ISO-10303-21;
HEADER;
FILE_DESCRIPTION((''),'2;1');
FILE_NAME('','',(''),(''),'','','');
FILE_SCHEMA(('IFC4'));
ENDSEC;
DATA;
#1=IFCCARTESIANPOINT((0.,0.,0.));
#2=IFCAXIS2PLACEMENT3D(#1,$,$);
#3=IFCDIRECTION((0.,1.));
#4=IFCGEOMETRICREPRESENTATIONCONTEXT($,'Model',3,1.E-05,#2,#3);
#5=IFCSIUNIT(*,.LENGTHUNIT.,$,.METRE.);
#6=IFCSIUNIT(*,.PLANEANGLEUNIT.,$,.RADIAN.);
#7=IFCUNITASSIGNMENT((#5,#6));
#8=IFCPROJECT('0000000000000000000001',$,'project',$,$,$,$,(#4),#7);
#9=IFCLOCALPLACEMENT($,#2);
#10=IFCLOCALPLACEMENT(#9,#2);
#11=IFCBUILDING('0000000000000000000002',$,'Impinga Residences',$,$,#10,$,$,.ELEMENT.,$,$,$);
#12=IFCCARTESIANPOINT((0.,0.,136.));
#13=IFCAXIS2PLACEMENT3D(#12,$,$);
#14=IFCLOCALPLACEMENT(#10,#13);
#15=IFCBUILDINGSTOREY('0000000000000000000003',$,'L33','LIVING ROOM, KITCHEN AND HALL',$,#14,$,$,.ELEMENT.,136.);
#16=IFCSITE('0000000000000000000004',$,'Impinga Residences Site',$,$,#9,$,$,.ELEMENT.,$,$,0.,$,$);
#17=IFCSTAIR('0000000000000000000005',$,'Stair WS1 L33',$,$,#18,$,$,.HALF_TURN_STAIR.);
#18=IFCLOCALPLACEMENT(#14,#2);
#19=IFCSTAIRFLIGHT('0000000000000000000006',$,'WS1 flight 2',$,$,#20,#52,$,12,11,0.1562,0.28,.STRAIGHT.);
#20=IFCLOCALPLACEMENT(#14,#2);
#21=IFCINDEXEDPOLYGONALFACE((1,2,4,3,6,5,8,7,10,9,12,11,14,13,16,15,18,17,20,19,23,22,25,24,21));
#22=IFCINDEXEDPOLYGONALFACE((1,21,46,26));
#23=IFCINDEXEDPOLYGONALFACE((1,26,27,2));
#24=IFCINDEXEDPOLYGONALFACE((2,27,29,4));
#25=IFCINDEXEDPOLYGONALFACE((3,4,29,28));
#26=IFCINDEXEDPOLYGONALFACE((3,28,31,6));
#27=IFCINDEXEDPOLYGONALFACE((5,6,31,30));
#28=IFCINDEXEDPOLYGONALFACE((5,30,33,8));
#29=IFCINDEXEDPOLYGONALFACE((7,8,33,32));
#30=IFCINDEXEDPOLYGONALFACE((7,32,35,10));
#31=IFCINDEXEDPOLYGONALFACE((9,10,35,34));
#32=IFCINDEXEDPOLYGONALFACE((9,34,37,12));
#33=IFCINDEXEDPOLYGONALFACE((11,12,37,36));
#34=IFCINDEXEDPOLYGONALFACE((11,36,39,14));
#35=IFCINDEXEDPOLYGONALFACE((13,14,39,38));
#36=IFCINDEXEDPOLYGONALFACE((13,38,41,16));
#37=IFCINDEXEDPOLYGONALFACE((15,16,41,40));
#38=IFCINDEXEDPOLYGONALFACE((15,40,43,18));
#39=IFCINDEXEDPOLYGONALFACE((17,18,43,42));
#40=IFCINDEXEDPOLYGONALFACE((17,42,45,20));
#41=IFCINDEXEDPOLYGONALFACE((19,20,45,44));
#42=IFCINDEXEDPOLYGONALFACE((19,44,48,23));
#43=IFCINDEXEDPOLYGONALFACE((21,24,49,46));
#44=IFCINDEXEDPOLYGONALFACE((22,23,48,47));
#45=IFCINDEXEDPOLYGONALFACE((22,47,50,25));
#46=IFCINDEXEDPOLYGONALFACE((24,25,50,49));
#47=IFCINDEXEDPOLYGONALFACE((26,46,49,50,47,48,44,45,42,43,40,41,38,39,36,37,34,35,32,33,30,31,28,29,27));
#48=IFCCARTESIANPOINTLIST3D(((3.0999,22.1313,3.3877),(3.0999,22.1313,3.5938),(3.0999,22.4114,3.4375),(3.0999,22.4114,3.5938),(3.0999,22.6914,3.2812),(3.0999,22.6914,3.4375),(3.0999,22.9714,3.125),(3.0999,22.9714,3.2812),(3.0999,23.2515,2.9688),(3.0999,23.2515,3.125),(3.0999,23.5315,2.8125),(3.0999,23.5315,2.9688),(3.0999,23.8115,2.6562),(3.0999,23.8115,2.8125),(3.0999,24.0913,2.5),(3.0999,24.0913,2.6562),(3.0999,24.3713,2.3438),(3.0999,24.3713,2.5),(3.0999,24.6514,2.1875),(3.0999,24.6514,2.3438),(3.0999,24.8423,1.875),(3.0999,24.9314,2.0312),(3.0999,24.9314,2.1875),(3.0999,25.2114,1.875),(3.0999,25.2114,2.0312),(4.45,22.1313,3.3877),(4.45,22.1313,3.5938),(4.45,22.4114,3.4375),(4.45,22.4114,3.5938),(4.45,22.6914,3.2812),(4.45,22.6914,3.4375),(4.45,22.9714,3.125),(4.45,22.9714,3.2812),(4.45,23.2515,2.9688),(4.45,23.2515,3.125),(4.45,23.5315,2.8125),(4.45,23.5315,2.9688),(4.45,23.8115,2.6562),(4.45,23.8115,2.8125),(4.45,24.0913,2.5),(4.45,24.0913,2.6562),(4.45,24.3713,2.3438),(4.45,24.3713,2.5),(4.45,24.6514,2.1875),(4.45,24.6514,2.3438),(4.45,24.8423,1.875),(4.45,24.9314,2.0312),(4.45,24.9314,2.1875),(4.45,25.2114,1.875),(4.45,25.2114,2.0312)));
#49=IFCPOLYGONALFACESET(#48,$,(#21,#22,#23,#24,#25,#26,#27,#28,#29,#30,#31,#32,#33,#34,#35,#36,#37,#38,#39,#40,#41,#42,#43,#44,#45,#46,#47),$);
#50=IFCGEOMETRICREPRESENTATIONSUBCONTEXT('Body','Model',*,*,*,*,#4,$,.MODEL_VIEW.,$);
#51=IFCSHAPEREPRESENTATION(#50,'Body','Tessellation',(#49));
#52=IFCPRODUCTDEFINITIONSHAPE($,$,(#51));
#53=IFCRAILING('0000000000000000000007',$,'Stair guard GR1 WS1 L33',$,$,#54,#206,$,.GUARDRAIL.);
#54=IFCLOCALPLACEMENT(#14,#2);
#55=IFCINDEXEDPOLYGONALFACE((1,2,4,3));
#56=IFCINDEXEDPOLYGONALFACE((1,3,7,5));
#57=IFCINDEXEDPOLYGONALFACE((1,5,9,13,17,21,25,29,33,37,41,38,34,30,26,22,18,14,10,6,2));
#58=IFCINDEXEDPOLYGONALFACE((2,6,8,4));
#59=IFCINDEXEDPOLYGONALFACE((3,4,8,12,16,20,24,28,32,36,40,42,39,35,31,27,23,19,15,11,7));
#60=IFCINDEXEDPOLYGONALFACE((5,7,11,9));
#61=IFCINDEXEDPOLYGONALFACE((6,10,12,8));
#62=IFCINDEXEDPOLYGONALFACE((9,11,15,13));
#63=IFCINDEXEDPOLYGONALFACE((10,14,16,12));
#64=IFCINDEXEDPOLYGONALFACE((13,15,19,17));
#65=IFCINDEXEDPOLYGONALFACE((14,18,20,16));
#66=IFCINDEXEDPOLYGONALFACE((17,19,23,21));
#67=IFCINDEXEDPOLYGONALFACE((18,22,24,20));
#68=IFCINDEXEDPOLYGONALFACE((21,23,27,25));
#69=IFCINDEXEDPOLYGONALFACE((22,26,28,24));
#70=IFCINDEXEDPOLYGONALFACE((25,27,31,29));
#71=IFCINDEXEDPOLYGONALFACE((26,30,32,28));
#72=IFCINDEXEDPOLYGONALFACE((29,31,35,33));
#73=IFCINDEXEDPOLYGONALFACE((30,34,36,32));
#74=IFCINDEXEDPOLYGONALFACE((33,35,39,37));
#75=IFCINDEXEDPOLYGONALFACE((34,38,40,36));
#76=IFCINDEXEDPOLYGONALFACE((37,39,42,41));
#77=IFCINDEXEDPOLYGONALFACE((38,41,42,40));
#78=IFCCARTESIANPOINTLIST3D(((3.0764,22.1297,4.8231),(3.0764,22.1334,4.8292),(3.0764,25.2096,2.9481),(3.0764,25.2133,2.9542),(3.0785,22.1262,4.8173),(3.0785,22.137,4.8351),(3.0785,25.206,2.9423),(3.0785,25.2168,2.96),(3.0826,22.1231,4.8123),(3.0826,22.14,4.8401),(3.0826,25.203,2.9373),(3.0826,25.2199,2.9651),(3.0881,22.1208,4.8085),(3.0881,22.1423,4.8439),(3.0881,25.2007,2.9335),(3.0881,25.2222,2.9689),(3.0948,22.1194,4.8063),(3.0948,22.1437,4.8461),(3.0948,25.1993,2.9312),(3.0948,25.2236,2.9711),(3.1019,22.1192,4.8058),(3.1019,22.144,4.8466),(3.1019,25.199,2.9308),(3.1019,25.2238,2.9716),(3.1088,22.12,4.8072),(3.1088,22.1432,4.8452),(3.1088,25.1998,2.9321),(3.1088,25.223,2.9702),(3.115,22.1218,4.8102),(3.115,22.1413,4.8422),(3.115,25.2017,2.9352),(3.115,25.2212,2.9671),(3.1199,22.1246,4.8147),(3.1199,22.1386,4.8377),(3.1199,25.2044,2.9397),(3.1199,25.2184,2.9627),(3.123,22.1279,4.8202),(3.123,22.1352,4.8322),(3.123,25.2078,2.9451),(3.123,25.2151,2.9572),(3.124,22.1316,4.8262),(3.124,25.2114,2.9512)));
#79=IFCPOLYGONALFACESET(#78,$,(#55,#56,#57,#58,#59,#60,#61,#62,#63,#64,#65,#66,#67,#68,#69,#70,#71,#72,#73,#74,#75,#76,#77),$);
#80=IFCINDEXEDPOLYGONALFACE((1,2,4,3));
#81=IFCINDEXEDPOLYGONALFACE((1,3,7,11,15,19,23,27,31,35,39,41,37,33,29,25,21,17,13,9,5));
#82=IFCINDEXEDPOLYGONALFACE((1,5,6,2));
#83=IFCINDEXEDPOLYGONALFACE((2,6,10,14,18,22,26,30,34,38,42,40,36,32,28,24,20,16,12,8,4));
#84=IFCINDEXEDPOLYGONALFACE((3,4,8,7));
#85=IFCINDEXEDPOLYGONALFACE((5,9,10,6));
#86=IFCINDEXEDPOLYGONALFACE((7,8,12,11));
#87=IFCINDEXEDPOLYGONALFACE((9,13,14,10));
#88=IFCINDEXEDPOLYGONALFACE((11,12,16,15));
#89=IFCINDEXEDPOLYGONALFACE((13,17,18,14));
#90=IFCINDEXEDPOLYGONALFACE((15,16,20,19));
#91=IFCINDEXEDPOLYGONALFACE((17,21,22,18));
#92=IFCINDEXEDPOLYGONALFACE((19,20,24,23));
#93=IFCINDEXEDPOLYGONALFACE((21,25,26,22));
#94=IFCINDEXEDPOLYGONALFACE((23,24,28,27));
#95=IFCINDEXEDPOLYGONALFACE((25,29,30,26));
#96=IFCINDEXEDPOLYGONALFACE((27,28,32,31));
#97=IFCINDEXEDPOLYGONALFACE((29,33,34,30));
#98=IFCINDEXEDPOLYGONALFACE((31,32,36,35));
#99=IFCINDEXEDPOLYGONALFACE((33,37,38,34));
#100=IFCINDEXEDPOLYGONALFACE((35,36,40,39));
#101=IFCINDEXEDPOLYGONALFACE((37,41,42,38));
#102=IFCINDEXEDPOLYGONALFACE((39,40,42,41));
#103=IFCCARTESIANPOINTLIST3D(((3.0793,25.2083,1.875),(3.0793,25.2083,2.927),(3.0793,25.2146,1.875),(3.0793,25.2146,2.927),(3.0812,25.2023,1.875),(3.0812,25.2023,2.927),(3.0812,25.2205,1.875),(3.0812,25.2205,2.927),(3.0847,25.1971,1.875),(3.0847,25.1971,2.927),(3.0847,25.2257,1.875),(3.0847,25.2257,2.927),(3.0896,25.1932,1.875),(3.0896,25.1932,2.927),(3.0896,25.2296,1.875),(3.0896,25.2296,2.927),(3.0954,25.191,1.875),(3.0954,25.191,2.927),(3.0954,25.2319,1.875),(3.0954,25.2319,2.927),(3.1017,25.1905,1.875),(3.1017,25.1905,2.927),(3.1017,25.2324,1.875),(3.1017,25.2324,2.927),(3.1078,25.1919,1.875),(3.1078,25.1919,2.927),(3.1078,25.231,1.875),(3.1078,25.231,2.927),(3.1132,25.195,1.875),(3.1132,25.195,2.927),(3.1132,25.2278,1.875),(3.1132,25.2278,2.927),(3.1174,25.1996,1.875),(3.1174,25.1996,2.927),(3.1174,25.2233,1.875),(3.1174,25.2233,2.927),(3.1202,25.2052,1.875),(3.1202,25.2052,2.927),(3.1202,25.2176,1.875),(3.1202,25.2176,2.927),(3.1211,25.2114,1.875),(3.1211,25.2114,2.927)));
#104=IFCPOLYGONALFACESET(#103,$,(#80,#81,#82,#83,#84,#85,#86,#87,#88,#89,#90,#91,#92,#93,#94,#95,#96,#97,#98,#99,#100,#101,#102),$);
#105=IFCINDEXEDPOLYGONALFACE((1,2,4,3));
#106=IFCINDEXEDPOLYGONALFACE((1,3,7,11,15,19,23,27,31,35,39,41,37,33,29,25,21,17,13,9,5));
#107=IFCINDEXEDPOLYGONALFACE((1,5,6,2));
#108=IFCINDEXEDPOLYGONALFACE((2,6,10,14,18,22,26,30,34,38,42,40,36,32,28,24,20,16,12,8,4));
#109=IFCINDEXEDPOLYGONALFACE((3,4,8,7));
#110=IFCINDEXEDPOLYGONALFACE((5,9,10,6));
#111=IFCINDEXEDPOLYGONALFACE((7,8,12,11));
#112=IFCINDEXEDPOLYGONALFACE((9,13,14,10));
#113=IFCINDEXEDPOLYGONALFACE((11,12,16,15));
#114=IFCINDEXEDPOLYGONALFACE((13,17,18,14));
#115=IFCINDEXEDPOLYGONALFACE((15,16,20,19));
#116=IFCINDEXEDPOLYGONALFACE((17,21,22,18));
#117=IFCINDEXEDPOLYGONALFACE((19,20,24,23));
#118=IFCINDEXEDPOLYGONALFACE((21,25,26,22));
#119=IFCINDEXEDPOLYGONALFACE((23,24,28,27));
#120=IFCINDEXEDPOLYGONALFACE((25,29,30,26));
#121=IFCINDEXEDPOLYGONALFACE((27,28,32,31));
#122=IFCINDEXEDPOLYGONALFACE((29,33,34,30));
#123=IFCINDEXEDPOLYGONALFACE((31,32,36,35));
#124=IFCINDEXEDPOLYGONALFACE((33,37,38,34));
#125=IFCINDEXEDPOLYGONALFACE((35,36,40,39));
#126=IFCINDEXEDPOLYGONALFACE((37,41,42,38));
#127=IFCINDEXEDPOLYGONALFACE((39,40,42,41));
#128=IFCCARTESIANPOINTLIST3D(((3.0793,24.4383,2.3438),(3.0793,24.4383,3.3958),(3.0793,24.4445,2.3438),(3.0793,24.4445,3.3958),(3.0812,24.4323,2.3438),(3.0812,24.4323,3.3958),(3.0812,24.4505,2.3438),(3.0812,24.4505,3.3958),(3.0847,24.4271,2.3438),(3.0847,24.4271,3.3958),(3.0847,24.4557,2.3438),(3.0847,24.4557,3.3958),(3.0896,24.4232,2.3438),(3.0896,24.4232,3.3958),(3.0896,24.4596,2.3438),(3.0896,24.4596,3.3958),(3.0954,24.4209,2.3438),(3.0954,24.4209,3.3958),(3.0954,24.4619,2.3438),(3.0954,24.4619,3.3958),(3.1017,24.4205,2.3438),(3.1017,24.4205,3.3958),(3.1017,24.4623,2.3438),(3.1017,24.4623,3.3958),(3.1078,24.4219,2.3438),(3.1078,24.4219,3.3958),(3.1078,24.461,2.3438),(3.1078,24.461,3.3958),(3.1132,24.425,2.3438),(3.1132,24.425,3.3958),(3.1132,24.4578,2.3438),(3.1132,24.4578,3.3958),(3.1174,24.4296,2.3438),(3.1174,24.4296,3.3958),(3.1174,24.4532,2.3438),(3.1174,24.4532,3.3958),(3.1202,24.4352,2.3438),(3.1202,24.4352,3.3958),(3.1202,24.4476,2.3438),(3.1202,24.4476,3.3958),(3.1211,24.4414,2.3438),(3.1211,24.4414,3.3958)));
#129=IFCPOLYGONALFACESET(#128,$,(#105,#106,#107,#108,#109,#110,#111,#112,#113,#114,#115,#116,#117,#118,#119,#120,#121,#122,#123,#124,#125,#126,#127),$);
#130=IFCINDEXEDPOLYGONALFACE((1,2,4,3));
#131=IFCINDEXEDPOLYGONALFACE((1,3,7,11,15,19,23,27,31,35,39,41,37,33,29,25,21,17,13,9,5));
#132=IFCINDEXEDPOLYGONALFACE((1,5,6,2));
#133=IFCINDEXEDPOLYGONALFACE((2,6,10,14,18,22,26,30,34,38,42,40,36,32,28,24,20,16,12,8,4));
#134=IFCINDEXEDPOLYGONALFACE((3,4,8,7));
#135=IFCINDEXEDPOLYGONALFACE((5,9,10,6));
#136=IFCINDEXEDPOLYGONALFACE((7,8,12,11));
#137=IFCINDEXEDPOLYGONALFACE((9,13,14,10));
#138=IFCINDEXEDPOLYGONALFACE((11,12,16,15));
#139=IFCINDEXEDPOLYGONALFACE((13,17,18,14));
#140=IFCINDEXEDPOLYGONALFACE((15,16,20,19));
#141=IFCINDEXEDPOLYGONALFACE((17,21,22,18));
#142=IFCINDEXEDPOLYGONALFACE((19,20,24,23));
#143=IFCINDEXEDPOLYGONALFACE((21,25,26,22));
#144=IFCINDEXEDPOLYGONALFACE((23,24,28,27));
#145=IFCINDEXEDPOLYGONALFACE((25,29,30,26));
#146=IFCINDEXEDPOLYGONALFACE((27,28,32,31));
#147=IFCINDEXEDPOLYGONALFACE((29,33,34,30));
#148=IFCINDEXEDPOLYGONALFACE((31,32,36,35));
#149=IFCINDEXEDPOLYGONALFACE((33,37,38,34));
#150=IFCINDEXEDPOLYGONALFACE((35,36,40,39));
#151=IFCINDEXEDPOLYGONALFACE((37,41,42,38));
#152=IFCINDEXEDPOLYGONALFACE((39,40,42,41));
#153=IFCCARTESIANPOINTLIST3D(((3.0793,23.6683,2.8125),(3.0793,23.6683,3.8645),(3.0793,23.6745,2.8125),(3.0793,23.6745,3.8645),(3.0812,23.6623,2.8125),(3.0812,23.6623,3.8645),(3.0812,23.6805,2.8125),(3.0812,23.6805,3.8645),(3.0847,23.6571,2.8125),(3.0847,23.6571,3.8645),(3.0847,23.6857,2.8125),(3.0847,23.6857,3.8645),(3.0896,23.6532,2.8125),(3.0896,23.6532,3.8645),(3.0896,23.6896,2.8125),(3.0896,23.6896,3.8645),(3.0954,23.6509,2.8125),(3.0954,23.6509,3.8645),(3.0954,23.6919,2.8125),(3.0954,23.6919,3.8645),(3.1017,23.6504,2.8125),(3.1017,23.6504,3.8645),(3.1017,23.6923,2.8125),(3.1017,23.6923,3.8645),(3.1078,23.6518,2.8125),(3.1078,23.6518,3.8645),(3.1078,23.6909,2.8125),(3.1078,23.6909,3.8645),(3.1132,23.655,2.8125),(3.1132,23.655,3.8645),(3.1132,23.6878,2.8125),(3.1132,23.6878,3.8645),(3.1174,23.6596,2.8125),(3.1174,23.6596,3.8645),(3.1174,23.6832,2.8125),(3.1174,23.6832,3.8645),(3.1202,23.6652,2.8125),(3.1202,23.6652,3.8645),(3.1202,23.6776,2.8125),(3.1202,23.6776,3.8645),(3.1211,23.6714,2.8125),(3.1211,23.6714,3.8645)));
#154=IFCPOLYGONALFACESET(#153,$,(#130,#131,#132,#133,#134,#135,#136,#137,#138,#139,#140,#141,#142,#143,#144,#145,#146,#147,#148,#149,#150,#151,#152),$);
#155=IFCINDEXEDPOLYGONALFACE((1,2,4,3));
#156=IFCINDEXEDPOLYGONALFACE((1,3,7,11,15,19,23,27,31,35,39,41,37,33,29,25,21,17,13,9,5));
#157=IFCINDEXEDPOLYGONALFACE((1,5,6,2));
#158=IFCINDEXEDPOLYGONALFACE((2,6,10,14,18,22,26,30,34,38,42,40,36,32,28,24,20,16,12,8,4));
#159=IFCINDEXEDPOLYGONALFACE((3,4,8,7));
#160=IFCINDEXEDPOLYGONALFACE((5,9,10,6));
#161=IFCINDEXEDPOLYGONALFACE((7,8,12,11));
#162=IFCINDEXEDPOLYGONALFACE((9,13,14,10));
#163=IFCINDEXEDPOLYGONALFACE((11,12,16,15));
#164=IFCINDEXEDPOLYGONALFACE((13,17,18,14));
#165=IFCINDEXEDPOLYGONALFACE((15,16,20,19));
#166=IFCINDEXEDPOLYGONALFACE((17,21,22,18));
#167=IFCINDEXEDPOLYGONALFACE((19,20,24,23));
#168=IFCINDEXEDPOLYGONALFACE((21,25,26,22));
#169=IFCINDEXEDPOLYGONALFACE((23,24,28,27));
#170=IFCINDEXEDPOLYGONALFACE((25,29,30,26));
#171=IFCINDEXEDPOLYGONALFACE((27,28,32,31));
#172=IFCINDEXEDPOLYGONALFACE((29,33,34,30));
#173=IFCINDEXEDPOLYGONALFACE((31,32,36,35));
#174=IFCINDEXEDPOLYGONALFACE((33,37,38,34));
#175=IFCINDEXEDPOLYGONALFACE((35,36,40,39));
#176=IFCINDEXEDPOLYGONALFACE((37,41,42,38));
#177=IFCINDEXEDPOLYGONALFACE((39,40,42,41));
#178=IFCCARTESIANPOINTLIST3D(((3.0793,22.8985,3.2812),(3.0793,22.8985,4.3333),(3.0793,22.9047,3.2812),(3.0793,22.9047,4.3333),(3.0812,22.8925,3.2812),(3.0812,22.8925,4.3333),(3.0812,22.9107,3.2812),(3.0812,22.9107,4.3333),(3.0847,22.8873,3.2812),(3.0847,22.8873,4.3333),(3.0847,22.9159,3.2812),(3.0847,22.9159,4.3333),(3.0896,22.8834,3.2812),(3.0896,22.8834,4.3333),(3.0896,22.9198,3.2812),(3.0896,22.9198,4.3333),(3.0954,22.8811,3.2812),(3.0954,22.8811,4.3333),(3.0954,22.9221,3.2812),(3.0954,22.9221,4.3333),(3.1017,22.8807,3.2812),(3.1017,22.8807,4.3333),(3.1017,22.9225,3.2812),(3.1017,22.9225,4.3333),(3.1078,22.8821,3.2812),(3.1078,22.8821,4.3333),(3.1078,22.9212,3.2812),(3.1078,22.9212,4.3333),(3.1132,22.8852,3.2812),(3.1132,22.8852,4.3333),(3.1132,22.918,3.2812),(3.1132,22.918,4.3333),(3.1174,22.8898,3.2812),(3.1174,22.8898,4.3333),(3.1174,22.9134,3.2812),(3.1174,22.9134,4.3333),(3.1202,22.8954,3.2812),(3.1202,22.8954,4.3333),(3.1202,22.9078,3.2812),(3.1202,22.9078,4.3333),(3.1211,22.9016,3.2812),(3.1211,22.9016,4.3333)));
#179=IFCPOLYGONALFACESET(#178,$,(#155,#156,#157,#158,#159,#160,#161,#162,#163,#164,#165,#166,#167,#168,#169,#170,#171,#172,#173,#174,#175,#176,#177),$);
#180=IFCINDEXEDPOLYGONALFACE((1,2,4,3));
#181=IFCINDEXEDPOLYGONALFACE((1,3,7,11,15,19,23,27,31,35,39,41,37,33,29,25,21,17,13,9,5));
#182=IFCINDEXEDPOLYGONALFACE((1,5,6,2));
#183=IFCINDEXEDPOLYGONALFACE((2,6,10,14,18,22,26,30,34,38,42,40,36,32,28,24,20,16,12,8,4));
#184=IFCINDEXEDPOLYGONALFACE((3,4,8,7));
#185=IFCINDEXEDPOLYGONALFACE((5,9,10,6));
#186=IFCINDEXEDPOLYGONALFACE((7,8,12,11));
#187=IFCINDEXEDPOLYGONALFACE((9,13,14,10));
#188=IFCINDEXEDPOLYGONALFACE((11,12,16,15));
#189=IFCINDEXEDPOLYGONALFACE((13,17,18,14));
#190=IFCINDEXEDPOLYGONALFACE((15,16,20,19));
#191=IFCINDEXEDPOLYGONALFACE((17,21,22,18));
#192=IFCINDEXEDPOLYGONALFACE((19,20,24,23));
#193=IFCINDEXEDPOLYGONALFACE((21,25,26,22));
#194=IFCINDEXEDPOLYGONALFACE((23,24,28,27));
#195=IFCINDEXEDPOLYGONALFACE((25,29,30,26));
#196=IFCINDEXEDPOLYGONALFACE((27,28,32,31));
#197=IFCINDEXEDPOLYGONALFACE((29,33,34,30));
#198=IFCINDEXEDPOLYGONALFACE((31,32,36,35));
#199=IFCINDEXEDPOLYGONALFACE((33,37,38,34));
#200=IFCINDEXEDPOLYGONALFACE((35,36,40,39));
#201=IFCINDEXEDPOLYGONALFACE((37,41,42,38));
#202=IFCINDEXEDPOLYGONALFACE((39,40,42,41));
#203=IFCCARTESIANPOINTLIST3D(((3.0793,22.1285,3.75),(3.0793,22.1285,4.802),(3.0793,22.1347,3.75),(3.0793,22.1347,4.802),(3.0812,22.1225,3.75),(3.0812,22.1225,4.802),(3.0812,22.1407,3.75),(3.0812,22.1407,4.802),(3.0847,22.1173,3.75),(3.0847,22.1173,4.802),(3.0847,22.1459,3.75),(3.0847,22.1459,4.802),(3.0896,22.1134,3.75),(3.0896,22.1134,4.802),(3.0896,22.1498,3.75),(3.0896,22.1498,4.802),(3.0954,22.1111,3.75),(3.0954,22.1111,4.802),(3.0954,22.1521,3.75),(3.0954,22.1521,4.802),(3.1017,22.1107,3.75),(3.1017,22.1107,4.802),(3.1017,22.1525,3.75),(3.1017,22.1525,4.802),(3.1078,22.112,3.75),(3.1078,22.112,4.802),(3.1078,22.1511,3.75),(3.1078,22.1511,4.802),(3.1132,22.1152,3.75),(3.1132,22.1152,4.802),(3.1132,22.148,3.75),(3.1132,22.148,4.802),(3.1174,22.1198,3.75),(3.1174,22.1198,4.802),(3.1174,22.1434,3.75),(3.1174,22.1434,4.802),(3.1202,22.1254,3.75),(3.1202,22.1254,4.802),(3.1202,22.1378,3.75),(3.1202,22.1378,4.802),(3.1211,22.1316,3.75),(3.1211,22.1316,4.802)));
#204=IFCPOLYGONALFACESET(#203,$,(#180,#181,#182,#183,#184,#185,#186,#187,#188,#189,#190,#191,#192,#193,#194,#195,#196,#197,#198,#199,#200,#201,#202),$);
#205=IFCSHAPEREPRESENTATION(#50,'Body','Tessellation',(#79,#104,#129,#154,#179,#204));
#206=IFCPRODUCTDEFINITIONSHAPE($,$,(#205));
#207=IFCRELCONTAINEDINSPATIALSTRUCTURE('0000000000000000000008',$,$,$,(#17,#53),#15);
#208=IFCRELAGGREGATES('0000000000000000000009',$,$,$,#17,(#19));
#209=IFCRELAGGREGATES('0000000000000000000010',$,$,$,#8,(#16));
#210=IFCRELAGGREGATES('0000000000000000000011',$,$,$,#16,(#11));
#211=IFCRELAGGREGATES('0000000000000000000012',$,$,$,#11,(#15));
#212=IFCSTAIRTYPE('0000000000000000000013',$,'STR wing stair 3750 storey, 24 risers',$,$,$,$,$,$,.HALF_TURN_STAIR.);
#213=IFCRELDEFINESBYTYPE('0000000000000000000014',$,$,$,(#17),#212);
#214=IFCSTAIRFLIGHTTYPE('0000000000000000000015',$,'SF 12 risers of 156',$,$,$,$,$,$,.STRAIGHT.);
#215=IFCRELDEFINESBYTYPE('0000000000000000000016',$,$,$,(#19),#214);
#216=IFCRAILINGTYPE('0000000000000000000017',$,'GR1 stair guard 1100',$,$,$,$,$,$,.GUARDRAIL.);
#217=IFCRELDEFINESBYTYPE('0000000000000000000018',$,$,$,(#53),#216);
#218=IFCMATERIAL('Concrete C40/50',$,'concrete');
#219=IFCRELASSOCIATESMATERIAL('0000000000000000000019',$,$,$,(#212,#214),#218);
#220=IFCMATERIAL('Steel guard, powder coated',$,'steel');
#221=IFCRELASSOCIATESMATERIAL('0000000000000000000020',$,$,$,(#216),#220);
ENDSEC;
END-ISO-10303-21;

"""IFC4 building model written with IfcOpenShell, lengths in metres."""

from ifc_helpers import new_model, si_unit, direction, frame, origin, origin_2d, place, context, subcontext, project, spatial, polyline, circle, outline, extrude, material, type_object, element, aggregate, save


model = new_model("IFC4")

# Units and contexts
model_context = context("Model", 3, precision=1e-05, world=origin(), true_north=direction((0.0, 1.0)))
body_context = subcontext(model_context, "Body", "Model", "MODEL_VIEW")
ifc_project = project(units=[si_unit("LENGTHUNIT", "METRE"), si_unit("PLANEANGLEUNIT", "RADIAN")], contexts=[model_context])

# Site, building, storey
site_placement = place(None, origin())
site = spatial("IfcSite", under=ifc_project, at=site_placement, Name="Impinga Residences Site", CompositionType="ELEMENT", RefElevation=0.0)
building_placement = place(site_placement, origin())
building = spatial("IfcBuilding", under=site, at=building_placement, Name="Impinga Residences", CompositionType="ELEMENT")
storey_placement = place(building_placement, frame((0.0, 0.0, 136.0)))
storey = spatial("IfcBuildingStorey", under=building, at=storey_placement, Name="L33", Description="LIVING ROOM, KITCHEN AND HALL", CompositionType="ELEMENT", Elevation=136.0)

# Stair, stair flight
ifc_material_1 = material(Name="Concrete C40/50", Category="concrete")
stair_type = type_object("IfcStairType", Name="STR wing stair 3750 storey, 24 risers", PredefinedType="HALF_TURN_STAIR", material=ifc_material_1)
stair_placement = place(storey_placement, origin())
stair = element("IfcStair", 1, at=stair_placement, inside=storey, type_object=stair_type, Name="Stair WS1 L33", PredefinedType="HALF_TURN_STAIR")
stair_flight_type = type_object("IfcStairFlightType", Name="SF 12 risers of 156", PredefinedType="STRAIGHT", material=ifc_material_1)
stair_flight_placement = place(storey_placement, frame((3.7749, 25.2114, 1.875), z_axis=(0.0, 0.0, 1.0), x_axis=(0.0, -1.0, 0.0)))
stair_flight = element("IfcStairFlight", 2, at=stair_flight_placement, type_object=stair_flight_type, Name="WS1 flight 2", NumberOfRisers=12, NumberOfTreads=11, PredefinedType="STRAIGHT", RiserHeight=0.1562, TreadLength=0.28, context=body_context, shape_type="SweptSolid", body=[
    extrude(outline(polyline([(0.0, 0.0), (0.0, 0.1562), (0.28, 0.1562), (0.28, 0.3125), (0.5601, 0.3125), (0.5601, 0.4688), (0.8401, 0.4688), (0.8401, 0.625), (1.1201, 0.625), (1.1201, 0.7812), (1.3999, 0.7812), (1.3999, 0.9375), (1.6799, 0.9375), (1.6799, 1.0938), (1.96, 1.0938), (1.96, 1.25), (2.24, 1.25), (2.24, 1.4062), (2.52, 1.4062), (2.52, 1.5625), (2.8, 1.5625), (2.8, 1.7188), (3.0801, 1.7188), (3.0801, 1.875), (3.0801, 1.5127), (0.3691, 0.0), (0.0, 0.0)])), frame((0.0, 0.675, 0.0), z_axis=(0.0, -1.0, 0.0), x_axis=(1.0, 0.0, 0.0)), (0.0, 0.0, 1.0), 1.3501),
])
aggregate(stair, [stair_flight])

# Railing
ifc_material_2 = material(Name="Steel guard, powder coated", Category="steel")
railing_type_1 = type_object("IfcRailingType", Name="GR1 stair guard 1100", PredefinedType="GUARDRAIL", material=ifc_material_2)
railing_1_placement = place(storey_placement, frame((3.1001, 25.2114, 1.875)))
element("IfcRailing", 3, at=railing_1_placement, inside=storey, type_object=railing_type_1, Name="Stair guard GR1 WS1 L33", PredefinedType="GUARDRAIL", context=body_context, shape_type="SweptSolid", body=[
    extrude(circle(Radius=0.0239, at=origin_2d()), frame((0.0, 0.0, 1.0762), z_axis=(0.0, -0.854159, 0.520011), x_axis=(1.0, 0.0, 0.0)), (0.0, 0.0, 1.0), 3.6057),
    extrude(circle(Radius=0.021, at=origin_2d()), origin(), (0.0, 0.0, 1.0), 1.052),
    extrude(circle(Radius=0.021, at=origin_2d()), frame((0.0, -0.77, 0.4688)), (0.0, 0.0, 1.0), 1.052),
    extrude(circle(Radius=0.021, at=origin_2d()), frame((0.0, -1.54, 0.9375)), (0.0, 0.0, 1.0), 1.052),
    extrude(circle(Radius=0.021, at=origin_2d()), frame((0.0, -2.3098, 1.4062)), (0.0, 0.0, 1.0), 1.052),
    extrude(circle(Radius=0.021, at=origin_2d()), frame((0.0, -3.0798, 1.875)), (0.0, 0.0, 1.0), 1.052),
])

save(model, "model.ifc")
